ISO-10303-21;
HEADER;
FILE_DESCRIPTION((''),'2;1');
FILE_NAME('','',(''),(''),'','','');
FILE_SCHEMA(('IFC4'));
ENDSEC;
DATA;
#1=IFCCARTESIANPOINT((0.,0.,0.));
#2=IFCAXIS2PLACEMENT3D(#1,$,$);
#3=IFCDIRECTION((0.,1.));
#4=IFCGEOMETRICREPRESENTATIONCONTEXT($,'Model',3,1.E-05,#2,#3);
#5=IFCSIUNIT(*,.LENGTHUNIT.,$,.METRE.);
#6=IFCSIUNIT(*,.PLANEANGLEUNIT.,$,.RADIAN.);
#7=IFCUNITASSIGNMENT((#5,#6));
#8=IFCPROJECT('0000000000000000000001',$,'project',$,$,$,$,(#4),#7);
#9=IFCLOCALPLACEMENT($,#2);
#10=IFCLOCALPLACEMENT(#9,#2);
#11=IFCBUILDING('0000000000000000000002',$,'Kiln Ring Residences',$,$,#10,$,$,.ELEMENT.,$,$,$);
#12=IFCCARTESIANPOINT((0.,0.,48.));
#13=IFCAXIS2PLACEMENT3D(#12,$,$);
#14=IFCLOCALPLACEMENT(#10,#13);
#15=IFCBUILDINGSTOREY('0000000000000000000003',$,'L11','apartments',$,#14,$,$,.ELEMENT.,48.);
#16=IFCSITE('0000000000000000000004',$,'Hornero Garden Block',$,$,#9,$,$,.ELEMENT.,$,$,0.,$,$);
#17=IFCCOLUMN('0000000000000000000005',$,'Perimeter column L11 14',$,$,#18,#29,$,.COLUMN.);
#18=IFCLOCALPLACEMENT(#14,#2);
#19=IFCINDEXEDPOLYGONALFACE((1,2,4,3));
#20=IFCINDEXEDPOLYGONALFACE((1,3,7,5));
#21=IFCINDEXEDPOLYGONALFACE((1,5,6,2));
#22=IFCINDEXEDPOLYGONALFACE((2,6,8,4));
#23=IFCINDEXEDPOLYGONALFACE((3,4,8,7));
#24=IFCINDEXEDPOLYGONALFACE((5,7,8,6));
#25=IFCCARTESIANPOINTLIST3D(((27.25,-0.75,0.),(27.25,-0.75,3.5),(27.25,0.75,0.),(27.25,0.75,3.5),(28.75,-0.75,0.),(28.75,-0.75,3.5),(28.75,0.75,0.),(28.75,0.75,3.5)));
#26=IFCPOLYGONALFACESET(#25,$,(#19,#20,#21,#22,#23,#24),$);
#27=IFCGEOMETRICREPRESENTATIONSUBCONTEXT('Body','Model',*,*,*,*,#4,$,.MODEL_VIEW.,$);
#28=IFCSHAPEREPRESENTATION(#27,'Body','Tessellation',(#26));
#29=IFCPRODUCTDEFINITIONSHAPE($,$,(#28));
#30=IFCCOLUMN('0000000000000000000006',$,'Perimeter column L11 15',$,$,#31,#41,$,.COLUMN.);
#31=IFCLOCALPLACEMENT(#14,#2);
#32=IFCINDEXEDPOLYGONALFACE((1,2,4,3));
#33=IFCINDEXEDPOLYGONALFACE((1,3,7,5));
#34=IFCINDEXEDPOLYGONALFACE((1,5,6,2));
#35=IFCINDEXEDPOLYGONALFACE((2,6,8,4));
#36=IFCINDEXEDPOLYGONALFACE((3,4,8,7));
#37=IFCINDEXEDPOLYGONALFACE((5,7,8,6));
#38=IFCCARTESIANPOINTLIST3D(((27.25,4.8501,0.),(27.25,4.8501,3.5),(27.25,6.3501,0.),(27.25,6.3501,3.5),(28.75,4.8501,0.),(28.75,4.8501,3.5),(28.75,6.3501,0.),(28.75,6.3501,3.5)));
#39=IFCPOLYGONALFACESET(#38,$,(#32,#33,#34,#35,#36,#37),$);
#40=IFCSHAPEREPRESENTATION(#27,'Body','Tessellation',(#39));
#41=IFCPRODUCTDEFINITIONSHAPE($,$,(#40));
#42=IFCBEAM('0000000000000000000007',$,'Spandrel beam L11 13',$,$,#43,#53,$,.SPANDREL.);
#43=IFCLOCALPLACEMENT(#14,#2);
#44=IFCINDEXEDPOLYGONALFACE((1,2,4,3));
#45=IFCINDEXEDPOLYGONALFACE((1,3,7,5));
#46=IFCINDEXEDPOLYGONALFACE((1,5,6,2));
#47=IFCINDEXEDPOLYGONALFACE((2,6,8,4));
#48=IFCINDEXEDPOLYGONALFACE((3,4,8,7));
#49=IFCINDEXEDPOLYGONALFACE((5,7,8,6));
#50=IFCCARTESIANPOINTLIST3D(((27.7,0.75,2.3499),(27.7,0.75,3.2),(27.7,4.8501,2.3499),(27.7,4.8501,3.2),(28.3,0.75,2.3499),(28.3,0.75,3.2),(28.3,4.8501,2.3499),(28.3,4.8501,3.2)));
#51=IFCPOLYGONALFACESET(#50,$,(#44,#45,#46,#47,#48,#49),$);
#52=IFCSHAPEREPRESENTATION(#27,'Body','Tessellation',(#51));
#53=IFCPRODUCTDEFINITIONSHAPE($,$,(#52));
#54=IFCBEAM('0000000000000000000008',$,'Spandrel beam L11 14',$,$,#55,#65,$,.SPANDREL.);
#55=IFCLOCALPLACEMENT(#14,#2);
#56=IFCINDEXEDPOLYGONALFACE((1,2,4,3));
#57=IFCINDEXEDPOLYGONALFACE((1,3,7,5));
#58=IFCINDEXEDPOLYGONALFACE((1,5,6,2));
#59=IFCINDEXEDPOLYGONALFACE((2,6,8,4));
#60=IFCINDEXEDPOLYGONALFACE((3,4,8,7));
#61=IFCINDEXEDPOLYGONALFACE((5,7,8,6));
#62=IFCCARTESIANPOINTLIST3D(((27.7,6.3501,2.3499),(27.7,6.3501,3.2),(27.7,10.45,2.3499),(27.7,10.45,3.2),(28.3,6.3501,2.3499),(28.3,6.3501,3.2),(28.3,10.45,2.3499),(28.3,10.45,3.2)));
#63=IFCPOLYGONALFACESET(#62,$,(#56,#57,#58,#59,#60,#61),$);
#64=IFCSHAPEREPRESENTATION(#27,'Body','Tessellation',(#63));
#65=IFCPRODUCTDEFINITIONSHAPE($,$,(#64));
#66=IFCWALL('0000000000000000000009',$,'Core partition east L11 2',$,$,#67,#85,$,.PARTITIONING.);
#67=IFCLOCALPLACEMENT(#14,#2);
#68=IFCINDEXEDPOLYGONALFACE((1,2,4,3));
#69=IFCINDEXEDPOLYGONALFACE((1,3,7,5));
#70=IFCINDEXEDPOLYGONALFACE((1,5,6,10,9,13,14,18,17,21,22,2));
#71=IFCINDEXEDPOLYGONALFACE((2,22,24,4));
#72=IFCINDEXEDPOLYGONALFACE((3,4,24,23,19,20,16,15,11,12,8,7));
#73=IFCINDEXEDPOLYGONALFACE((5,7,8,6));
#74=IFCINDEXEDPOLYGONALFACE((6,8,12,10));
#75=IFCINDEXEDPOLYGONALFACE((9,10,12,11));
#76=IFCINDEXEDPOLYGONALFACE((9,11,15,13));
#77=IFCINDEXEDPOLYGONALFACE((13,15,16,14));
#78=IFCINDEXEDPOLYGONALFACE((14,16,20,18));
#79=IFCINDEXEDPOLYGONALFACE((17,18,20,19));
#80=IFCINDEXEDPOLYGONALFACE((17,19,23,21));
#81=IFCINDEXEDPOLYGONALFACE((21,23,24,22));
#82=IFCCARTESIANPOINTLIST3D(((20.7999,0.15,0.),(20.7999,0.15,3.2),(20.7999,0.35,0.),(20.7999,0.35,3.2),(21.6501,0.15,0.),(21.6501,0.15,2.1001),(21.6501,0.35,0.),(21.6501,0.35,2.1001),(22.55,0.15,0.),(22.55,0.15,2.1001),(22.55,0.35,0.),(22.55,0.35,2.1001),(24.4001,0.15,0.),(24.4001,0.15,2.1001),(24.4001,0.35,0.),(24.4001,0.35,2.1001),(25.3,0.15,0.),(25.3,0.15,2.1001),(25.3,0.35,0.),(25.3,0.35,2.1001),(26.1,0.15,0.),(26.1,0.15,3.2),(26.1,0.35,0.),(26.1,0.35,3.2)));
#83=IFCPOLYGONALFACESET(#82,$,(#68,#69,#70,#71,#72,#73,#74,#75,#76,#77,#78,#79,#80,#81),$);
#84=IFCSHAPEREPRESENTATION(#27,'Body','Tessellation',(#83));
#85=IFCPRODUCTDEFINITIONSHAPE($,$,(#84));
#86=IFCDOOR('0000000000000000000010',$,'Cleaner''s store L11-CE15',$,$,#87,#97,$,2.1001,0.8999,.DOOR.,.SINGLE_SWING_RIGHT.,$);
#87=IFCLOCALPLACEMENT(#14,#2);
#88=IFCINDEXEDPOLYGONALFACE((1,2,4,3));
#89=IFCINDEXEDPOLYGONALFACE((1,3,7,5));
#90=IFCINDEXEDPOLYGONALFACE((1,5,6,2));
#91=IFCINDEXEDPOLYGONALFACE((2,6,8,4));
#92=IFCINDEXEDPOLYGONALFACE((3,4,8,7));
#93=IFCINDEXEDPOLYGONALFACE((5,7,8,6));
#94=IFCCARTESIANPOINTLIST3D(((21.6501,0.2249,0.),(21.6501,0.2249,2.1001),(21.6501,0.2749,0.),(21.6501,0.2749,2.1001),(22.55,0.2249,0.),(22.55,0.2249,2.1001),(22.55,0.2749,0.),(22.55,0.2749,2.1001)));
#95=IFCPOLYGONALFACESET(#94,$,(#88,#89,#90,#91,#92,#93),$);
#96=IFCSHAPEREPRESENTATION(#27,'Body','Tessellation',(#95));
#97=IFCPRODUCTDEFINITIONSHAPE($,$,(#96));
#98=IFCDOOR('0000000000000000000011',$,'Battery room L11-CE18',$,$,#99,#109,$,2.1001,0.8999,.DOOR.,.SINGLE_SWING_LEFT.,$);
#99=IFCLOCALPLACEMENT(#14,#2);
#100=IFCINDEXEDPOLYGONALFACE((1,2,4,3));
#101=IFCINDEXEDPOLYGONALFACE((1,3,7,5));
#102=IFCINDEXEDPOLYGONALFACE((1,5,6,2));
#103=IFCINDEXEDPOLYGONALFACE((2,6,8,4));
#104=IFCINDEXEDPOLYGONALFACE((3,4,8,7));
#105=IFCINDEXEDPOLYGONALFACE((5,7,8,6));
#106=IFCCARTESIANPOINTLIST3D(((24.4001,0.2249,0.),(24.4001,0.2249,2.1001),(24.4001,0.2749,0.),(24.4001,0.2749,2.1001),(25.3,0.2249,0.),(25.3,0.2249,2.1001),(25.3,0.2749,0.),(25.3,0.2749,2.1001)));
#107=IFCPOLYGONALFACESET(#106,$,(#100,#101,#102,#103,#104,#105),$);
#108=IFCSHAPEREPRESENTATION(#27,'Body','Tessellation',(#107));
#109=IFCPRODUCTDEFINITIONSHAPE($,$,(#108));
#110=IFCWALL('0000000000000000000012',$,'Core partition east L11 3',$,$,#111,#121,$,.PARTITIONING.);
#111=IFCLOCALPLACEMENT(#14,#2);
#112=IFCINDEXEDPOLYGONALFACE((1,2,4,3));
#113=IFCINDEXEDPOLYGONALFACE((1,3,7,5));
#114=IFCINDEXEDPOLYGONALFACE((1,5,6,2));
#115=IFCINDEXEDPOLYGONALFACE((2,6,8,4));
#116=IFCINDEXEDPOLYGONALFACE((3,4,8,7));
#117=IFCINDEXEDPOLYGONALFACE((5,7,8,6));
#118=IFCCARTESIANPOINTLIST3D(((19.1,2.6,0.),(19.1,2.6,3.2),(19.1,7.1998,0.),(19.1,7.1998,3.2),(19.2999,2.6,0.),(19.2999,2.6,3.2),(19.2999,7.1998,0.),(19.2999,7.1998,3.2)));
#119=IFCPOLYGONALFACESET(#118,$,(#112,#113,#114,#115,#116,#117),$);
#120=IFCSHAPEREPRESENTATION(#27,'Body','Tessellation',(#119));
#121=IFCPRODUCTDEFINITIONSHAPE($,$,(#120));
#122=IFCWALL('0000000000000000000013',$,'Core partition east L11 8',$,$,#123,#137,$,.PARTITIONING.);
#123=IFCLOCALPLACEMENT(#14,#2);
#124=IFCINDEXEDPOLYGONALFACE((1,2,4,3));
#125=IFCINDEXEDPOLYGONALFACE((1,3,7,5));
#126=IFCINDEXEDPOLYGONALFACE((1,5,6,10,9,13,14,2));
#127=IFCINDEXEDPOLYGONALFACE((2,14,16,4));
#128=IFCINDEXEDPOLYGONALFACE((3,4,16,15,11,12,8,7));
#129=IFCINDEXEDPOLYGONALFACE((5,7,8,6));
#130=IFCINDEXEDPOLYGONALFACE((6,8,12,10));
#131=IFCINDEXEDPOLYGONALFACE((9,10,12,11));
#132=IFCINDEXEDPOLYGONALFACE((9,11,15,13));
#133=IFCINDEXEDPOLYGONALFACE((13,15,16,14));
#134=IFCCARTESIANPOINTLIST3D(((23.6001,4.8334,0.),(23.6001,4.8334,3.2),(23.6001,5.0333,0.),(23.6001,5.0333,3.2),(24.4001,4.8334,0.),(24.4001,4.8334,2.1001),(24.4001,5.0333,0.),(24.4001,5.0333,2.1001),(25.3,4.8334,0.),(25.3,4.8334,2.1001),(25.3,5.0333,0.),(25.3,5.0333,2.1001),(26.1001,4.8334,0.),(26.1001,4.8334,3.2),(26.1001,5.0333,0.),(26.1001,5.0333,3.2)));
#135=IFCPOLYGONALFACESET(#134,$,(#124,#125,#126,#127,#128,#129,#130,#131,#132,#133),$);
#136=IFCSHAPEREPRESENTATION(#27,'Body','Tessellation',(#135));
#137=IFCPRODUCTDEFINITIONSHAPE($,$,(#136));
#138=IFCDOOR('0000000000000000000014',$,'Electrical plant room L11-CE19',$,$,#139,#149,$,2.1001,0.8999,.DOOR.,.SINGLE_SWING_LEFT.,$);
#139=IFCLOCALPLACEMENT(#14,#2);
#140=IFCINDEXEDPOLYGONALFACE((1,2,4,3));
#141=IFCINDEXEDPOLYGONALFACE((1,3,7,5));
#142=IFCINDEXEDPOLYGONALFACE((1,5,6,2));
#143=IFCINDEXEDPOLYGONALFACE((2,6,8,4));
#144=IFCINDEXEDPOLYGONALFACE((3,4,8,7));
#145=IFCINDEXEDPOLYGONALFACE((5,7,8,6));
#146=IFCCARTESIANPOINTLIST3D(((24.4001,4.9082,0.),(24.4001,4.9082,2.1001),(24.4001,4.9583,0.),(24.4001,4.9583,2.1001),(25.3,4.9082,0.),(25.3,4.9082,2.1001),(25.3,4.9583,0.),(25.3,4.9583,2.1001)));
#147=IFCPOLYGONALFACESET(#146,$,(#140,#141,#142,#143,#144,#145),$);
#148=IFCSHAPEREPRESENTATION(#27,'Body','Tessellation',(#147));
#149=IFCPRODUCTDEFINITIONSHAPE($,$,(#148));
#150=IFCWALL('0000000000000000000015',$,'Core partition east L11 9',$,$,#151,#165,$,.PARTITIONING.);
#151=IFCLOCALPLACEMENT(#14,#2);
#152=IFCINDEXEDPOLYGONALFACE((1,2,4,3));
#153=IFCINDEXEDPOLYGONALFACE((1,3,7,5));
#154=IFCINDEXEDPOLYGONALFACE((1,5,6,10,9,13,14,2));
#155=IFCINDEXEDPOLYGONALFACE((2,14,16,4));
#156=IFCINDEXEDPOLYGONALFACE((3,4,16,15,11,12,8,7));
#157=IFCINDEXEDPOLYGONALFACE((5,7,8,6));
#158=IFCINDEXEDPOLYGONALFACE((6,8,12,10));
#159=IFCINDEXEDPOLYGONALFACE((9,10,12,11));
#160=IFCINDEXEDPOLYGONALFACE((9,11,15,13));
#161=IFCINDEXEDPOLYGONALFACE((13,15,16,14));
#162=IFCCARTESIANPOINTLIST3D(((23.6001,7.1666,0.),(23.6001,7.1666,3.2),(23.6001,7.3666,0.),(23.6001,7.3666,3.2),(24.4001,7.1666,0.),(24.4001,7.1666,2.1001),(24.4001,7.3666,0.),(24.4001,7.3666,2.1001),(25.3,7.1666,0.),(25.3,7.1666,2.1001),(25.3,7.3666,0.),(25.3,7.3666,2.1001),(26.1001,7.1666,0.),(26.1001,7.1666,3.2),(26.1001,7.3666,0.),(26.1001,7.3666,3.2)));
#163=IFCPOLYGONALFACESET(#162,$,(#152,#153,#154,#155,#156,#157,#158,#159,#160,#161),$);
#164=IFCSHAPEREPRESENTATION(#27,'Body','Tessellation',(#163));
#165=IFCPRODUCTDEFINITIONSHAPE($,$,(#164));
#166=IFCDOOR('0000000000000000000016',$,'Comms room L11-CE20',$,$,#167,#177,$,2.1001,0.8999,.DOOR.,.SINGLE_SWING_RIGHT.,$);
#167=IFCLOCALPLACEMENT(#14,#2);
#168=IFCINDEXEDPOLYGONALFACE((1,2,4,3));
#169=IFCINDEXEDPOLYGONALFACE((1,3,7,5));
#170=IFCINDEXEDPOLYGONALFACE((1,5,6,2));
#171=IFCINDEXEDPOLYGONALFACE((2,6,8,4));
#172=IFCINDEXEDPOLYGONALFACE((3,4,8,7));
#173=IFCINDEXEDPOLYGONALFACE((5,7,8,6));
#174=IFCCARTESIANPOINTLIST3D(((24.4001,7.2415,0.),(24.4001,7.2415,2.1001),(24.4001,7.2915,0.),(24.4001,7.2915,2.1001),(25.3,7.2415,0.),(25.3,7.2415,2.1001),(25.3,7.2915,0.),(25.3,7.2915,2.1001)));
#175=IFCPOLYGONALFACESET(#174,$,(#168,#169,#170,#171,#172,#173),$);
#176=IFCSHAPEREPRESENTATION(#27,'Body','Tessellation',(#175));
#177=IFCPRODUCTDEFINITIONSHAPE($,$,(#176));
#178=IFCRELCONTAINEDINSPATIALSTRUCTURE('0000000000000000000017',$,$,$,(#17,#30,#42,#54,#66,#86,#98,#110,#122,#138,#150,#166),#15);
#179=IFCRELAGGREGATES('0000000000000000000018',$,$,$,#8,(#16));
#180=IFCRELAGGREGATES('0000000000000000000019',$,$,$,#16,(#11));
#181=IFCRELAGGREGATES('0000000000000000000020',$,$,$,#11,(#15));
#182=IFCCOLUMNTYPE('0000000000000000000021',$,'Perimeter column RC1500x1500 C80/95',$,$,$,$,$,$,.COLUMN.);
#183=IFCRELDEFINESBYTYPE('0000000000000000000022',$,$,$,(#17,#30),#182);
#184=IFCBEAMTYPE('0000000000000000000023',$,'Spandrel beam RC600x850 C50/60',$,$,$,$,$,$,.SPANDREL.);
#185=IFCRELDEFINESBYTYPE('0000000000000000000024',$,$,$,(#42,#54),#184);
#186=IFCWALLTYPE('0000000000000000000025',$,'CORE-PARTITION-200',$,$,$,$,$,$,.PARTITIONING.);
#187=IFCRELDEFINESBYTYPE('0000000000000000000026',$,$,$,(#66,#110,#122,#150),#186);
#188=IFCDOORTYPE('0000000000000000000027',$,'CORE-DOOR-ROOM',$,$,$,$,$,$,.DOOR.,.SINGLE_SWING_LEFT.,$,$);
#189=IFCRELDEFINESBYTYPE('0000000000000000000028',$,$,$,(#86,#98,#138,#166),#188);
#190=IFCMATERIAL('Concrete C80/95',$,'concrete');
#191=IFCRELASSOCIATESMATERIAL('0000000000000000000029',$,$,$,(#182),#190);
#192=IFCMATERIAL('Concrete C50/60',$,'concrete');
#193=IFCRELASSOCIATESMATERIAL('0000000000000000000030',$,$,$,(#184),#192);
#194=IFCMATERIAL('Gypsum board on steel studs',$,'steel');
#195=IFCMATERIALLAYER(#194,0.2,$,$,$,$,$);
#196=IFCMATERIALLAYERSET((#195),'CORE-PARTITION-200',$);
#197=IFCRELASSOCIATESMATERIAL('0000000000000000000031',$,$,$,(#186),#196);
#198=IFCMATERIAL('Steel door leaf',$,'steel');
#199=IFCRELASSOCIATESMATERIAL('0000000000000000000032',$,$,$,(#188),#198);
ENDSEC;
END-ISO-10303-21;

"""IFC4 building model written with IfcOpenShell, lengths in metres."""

from ifc_helpers import new_model, si_unit, direction, frame, frame_2d, origin, origin_2d, place, context, subcontext, project, spatial, rectangle, extrude, material, layer, layer_set, material_profile, profile_set, type_object, element, fill, save


model = new_model("IFC4")

# Units and contexts
model_context = context("Model", 3, precision=1e-05, world=origin(), true_north=direction((0.0, 1.0)))
body_context = subcontext(model_context, "Body", "Model", "MODEL_VIEW")
ifc_project = project(units=[si_unit("LENGTHUNIT", "METRE"), si_unit("PLANEANGLEUNIT", "RADIAN")], contexts=[model_context])

# Site, building, storey
site_placement = place(None, origin())
site = spatial("IfcSite", under=ifc_project, at=site_placement, Name="Hornero Garden Block", CompositionType="ELEMENT", RefElevation=0.0)
building_placement = place(site_placement, origin())
building = spatial("IfcBuilding", under=site, at=building_placement, Name="Kiln Ring Residences", CompositionType="ELEMENT")
storey_placement = place(building_placement, frame((0.0, 0.0, 48.0)))
storey = spatial("IfcBuildingStorey", under=building, at=storey_placement, Name="L11", Description="apartments", CompositionType="ELEMENT", Elevation=48.0)

# Columns
ifc_material_1 = material(Name="Concrete C80/95", Category="concrete")
ifc_material_profile_1 = material_profile(ifc_material_1, rectangle(XDim=1.5, YDim=1.5, at=origin_2d()), Name="RC1500x1500")
ifc_profile_set_1 = profile_set([ifc_material_profile_1], Name="Concrete C80/95")
column_type = type_object("IfcColumnType", Name="Perimeter column RC1500x1500 C80/95", PredefinedType="COLUMN", material=ifc_profile_set_1)
for number, where, z_axis, x_axis, name in (
    (1, (28.0, 0.0, 0.0), (0.0, 0.0, 1.0), (1.0, 0.0, 0.0), "Perimeter column L11 14"),
    (2, (28.0, 5.6001, 0.0), (0.0, 0.0, 1.0), (1.0, 0.0, 0.0), "Perimeter column L11 15"),
):
    element("IfcColumn", number, at=place(storey_placement, frame(where, z_axis=z_axis, x_axis=x_axis)), inside=storey, type_object=column_type, Name=name, PredefinedType="COLUMN", context=body_context, shape_type="SweptSolid", body=[
        extrude(rectangle(XDim=1.5, YDim=1.5, at=origin_2d()), origin(), (0.0, 0.0, 1.0), 3.5),
    ])

# Beams
ifc_material_2 = material(Name="Concrete C50/60", Category="concrete")
ifc_material_profile_2 = material_profile(ifc_material_2, rectangle(XDim=0.6001, YDim=0.8501, at=origin_2d()), Name="RC600x850")
ifc_profile_set_2 = profile_set([ifc_material_profile_2], Name="Concrete C50/60")
beam_type = type_object("IfcBeamType", Name="Spandrel beam RC600x850 C50/60", PredefinedType="SPANDREL", material=ifc_profile_set_2)
beam_1_placement = place(storey_placement, frame((28.0, 0.75, 2.7749), z_axis=(0.0, 1.0, 0.0), x_axis=(-1.0, 0.0, 0.0)))
element("IfcBeam", 3, at=beam_1_placement, inside=storey, type_object=beam_type, Name="Spandrel beam L11 13", PredefinedType="SPANDREL", context=body_context, shape_type="SweptSolid", body=[
    extrude(rectangle(XDim=0.6001, YDim=0.8501, at=origin_2d()), origin(), (0.0, 0.0, 1.0), 4.1001),
])
beam_2_placement = place(storey_placement, frame((28.0, 6.3501, 2.7749), z_axis=(0.0, 1.0, 0.0), x_axis=(-1.0, 0.0, 0.0)))
element("IfcBeam", 4, at=beam_2_placement, inside=storey, type_object=beam_type, Name="Spandrel beam L11 14", PredefinedType="SPANDREL", context=body_context, shape_type="SweptSolid", body=[
    extrude(rectangle(XDim=0.6001, YDim=0.8501, at=origin_2d()), origin(), (0.0, 0.0, 1.0), 4.0999),
])

# Wall, openings, doors
ifc_material_3 = material(Name="Gypsum board on steel studs", Category="steel")
ifc_layer_1 = layer(ifc_material_3, 0.2)
ifc_layer_set_1 = layer_set([ifc_layer_1], Name="CORE-PARTITION-200")
wall_type_1 = type_object("IfcWallType", Name="CORE-PARTITION-200", PredefinedType="PARTITIONING", material=ifc_layer_set_1)
wall_1_placement = place(storey_placement, frame((20.8, 0.25, 0.0), z_axis=(0.0, 0.0, 1.0), x_axis=(1.0, 0.0, 0.0)))
wall_1 = element("IfcWall", 5, at=wall_1_placement, inside=storey, type_object=wall_type_1, Name="Core partition east L11 2", PredefinedType="PARTITIONING", context=body_context, shape_type="SweptSolid", body=[
    extrude(rectangle(XDim=5.3, YDim=0.2, at=frame_2d((2.6499, 0.0))), origin(), (0.0, 0.0, 1.0), 3.2),
])
opening_1_placement = place(wall_1_placement, frame((0.8501, 0.0, 0.0)))
opening_1 = element("IfcOpeningElement", 6, at=opening_1_placement, cuts=wall_1, PredefinedType="OPENING", context=body_context, shape_type="SweptSolid", body=[
    extrude(rectangle(XDim=0.8999, YDim=2.1001, at=frame_2d((0.45, 1.05))), frame((0.0, 0.1099, 0.0), z_axis=(0.0, -1.0, 0.0), x_axis=(1.0, 0.0, 0.0)), (0.0, 0.0, 1.0), 0.22),
])
opening_2_placement = place(wall_1_placement, frame((3.6001, 0.0, 0.0)))
opening_2 = element("IfcOpeningElement", 7, at=opening_2_placement, cuts=wall_1, PredefinedType="OPENING", context=body_context, shape_type="SweptSolid", body=[
    extrude(rectangle(XDim=0.8999, YDim=2.1001, at=frame_2d((0.45, 1.05))), frame((0.0, 0.1099, 0.0), z_axis=(0.0, -1.0, 0.0), x_axis=(1.0, 0.0, 0.0)), (0.0, 0.0, 1.0), 0.22),
])
ifc_material_4 = material(Name="Steel door leaf", Category="steel")
door_type = type_object("IfcDoorType", Name="CORE-DOOR-ROOM", OperationType="SINGLE_SWING_LEFT", PredefinedType="DOOR", material=ifc_material_4)
door_1_placement = place(opening_1_placement, origin())
door_1 = element("IfcDoor", 8, at=door_1_placement, inside=storey, type_object=door_type, Name="Cleaner's store L11-CE15", OperationType="SINGLE_SWING_RIGHT", OverallHeight=2.1001, OverallWidth=0.8999, PredefinedType="DOOR", context=body_context, shape_type="SweptSolid", body=[
    extrude(rectangle(XDim=0.8999, YDim=2.1001, at=frame_2d((0.45, 1.05))), frame((0.0, 0.0249, 0.0), z_axis=(0.0, -1.0, 0.0), x_axis=(1.0, 0.0, 0.0)), (0.0, 0.0, 1.0), 0.05),
])
fill(opening_1, door_1)
door_2_placement = place(opening_2_placement, origin())
door_2 = element("IfcDoor", 9, at=door_2_placement, inside=storey, type_object=door_type, Name="Battery room L11-CE18", OperationType="SINGLE_SWING_LEFT", OverallHeight=2.1001, OverallWidth=0.8999, PredefinedType="DOOR", context=body_context, shape_type="SweptSolid", body=[
    extrude(rectangle(XDim=0.8999, YDim=2.1001, at=frame_2d((0.45, 1.05))), frame((0.0, 0.0249, 0.0), z_axis=(0.0, -1.0, 0.0), x_axis=(1.0, 0.0, 0.0)), (0.0, 0.0, 1.0), 0.05),
])
fill(opening_2, door_2)

# Wall
wall_2_placement = place(storey_placement, frame((19.2, 2.6001, 0.0), z_axis=(0.0, 0.0, 1.0), x_axis=(0.0, 1.0, 0.0)))
element("IfcWall", 10, at=wall_2_placement, inside=storey, type_object=wall_type_1, Name="Core partition east L11 3", PredefinedType="PARTITIONING", context=body_context, shape_type="SweptSolid", body=[
    extrude(rectangle(XDim=4.5999, YDim=0.2, at=frame_2d((2.2998, 0.0))), origin(), (0.0, 0.0, 1.0), 3.2),
])

# Walls, openings, doors
wall_3_placement = place(storey_placement, frame((23.6001, 4.9333, 0.0), z_axis=(0.0, 0.0, 1.0), x_axis=(1.0, 0.0, 0.0)))
wall_3 = element("IfcWall", 11, at=wall_3_placement, inside=storey, type_object=wall_type_1, Name="Core partition east L11 8", PredefinedType="PARTITIONING", context=body_context, shape_type="SweptSolid", body=[
    extrude(rectangle(XDim=2.5, YDim=0.2, at=frame_2d((1.25, 0.0))), origin(), (0.0, 0.0, 1.0), 3.2),
])
opening_3_placement = place(wall_3_placement, frame((0.8, 0.0, 0.0)))
opening_3 = element("IfcOpeningElement", 12, at=opening_3_placement, cuts=wall_3, PredefinedType="OPENING", context=body_context, shape_type="SweptSolid", body=[
    extrude(rectangle(XDim=0.8999, YDim=2.1001, at=frame_2d((0.45, 1.05))), frame((0.0, 0.1099, 0.0), z_axis=(0.0, -1.0, 0.0), x_axis=(1.0, 0.0, 0.0)), (0.0, 0.0, 1.0), 0.22),
])
door_3_placement = place(opening_3_placement, origin())
door_3 = element("IfcDoor", 13, at=door_3_placement, inside=storey, type_object=door_type, Name="Electrical plant room L11-CE19", OperationType="SINGLE_SWING_LEFT", OverallHeight=2.1001, OverallWidth=0.8999, PredefinedType="DOOR", context=body_context, shape_type="SweptSolid", body=[
    extrude(rectangle(XDim=0.8999, YDim=2.1001, at=frame_2d((0.45, 1.05))), frame((0.0, 0.0249, 0.0), z_axis=(0.0, -1.0, 0.0), x_axis=(1.0, 0.0, 0.0)), (0.0, 0.0, 1.0), 0.05),
])
fill(opening_3, door_3)
wall_4_placement = place(storey_placement, frame((23.6001, 7.2666, 0.0), z_axis=(0.0, 0.0, 1.0), x_axis=(1.0, 0.0, 0.0)))
wall_4 = element("IfcWall", 14, at=wall_4_placement, inside=storey, type_object=wall_type_1, Name="Core partition east L11 9", PredefinedType="PARTITIONING", context=body_context, shape_type="SweptSolid", body=[
    extrude(rectangle(XDim=2.5, YDim=0.2, at=frame_2d((1.25, 0.0))), origin(), (0.0, 0.0, 1.0), 3.2),
])
opening_4_placement = place(wall_4_placement, frame((0.8, 0.0, 0.0)))
opening_4 = element("IfcOpeningElement", 15, at=opening_4_placement, cuts=wall_4, PredefinedType="OPENING", context=body_context, shape_type="SweptSolid", body=[
    extrude(rectangle(XDim=0.8999, YDim=2.1001, at=frame_2d((0.45, 1.05))), frame((0.0, 0.1099, 0.0), z_axis=(0.0, -1.0, 0.0), x_axis=(1.0, 0.0, 0.0)), (0.0, 0.0, 1.0), 0.22),
])
door_4_placement = place(opening_4_placement, origin())
door_4 = element("IfcDoor", 16, at=door_4_placement, inside=storey, type_object=door_type, Name="Comms room L11-CE20", OperationType="SINGLE_SWING_RIGHT", OverallHeight=2.1001, OverallWidth=0.8999, PredefinedType="DOOR", context=body_context, shape_type="SweptSolid", body=[
    extrude(rectangle(XDim=0.8999, YDim=2.1001, at=frame_2d((0.45, 1.05))), frame((0.0, 0.0249, 0.0), z_axis=(0.0, -1.0, 0.0), x_axis=(1.0, 0.0, 0.0)), (0.0, 0.0, 1.0), 0.05),
])
fill(opening_4, door_4)

save(model, "model.ifc")
